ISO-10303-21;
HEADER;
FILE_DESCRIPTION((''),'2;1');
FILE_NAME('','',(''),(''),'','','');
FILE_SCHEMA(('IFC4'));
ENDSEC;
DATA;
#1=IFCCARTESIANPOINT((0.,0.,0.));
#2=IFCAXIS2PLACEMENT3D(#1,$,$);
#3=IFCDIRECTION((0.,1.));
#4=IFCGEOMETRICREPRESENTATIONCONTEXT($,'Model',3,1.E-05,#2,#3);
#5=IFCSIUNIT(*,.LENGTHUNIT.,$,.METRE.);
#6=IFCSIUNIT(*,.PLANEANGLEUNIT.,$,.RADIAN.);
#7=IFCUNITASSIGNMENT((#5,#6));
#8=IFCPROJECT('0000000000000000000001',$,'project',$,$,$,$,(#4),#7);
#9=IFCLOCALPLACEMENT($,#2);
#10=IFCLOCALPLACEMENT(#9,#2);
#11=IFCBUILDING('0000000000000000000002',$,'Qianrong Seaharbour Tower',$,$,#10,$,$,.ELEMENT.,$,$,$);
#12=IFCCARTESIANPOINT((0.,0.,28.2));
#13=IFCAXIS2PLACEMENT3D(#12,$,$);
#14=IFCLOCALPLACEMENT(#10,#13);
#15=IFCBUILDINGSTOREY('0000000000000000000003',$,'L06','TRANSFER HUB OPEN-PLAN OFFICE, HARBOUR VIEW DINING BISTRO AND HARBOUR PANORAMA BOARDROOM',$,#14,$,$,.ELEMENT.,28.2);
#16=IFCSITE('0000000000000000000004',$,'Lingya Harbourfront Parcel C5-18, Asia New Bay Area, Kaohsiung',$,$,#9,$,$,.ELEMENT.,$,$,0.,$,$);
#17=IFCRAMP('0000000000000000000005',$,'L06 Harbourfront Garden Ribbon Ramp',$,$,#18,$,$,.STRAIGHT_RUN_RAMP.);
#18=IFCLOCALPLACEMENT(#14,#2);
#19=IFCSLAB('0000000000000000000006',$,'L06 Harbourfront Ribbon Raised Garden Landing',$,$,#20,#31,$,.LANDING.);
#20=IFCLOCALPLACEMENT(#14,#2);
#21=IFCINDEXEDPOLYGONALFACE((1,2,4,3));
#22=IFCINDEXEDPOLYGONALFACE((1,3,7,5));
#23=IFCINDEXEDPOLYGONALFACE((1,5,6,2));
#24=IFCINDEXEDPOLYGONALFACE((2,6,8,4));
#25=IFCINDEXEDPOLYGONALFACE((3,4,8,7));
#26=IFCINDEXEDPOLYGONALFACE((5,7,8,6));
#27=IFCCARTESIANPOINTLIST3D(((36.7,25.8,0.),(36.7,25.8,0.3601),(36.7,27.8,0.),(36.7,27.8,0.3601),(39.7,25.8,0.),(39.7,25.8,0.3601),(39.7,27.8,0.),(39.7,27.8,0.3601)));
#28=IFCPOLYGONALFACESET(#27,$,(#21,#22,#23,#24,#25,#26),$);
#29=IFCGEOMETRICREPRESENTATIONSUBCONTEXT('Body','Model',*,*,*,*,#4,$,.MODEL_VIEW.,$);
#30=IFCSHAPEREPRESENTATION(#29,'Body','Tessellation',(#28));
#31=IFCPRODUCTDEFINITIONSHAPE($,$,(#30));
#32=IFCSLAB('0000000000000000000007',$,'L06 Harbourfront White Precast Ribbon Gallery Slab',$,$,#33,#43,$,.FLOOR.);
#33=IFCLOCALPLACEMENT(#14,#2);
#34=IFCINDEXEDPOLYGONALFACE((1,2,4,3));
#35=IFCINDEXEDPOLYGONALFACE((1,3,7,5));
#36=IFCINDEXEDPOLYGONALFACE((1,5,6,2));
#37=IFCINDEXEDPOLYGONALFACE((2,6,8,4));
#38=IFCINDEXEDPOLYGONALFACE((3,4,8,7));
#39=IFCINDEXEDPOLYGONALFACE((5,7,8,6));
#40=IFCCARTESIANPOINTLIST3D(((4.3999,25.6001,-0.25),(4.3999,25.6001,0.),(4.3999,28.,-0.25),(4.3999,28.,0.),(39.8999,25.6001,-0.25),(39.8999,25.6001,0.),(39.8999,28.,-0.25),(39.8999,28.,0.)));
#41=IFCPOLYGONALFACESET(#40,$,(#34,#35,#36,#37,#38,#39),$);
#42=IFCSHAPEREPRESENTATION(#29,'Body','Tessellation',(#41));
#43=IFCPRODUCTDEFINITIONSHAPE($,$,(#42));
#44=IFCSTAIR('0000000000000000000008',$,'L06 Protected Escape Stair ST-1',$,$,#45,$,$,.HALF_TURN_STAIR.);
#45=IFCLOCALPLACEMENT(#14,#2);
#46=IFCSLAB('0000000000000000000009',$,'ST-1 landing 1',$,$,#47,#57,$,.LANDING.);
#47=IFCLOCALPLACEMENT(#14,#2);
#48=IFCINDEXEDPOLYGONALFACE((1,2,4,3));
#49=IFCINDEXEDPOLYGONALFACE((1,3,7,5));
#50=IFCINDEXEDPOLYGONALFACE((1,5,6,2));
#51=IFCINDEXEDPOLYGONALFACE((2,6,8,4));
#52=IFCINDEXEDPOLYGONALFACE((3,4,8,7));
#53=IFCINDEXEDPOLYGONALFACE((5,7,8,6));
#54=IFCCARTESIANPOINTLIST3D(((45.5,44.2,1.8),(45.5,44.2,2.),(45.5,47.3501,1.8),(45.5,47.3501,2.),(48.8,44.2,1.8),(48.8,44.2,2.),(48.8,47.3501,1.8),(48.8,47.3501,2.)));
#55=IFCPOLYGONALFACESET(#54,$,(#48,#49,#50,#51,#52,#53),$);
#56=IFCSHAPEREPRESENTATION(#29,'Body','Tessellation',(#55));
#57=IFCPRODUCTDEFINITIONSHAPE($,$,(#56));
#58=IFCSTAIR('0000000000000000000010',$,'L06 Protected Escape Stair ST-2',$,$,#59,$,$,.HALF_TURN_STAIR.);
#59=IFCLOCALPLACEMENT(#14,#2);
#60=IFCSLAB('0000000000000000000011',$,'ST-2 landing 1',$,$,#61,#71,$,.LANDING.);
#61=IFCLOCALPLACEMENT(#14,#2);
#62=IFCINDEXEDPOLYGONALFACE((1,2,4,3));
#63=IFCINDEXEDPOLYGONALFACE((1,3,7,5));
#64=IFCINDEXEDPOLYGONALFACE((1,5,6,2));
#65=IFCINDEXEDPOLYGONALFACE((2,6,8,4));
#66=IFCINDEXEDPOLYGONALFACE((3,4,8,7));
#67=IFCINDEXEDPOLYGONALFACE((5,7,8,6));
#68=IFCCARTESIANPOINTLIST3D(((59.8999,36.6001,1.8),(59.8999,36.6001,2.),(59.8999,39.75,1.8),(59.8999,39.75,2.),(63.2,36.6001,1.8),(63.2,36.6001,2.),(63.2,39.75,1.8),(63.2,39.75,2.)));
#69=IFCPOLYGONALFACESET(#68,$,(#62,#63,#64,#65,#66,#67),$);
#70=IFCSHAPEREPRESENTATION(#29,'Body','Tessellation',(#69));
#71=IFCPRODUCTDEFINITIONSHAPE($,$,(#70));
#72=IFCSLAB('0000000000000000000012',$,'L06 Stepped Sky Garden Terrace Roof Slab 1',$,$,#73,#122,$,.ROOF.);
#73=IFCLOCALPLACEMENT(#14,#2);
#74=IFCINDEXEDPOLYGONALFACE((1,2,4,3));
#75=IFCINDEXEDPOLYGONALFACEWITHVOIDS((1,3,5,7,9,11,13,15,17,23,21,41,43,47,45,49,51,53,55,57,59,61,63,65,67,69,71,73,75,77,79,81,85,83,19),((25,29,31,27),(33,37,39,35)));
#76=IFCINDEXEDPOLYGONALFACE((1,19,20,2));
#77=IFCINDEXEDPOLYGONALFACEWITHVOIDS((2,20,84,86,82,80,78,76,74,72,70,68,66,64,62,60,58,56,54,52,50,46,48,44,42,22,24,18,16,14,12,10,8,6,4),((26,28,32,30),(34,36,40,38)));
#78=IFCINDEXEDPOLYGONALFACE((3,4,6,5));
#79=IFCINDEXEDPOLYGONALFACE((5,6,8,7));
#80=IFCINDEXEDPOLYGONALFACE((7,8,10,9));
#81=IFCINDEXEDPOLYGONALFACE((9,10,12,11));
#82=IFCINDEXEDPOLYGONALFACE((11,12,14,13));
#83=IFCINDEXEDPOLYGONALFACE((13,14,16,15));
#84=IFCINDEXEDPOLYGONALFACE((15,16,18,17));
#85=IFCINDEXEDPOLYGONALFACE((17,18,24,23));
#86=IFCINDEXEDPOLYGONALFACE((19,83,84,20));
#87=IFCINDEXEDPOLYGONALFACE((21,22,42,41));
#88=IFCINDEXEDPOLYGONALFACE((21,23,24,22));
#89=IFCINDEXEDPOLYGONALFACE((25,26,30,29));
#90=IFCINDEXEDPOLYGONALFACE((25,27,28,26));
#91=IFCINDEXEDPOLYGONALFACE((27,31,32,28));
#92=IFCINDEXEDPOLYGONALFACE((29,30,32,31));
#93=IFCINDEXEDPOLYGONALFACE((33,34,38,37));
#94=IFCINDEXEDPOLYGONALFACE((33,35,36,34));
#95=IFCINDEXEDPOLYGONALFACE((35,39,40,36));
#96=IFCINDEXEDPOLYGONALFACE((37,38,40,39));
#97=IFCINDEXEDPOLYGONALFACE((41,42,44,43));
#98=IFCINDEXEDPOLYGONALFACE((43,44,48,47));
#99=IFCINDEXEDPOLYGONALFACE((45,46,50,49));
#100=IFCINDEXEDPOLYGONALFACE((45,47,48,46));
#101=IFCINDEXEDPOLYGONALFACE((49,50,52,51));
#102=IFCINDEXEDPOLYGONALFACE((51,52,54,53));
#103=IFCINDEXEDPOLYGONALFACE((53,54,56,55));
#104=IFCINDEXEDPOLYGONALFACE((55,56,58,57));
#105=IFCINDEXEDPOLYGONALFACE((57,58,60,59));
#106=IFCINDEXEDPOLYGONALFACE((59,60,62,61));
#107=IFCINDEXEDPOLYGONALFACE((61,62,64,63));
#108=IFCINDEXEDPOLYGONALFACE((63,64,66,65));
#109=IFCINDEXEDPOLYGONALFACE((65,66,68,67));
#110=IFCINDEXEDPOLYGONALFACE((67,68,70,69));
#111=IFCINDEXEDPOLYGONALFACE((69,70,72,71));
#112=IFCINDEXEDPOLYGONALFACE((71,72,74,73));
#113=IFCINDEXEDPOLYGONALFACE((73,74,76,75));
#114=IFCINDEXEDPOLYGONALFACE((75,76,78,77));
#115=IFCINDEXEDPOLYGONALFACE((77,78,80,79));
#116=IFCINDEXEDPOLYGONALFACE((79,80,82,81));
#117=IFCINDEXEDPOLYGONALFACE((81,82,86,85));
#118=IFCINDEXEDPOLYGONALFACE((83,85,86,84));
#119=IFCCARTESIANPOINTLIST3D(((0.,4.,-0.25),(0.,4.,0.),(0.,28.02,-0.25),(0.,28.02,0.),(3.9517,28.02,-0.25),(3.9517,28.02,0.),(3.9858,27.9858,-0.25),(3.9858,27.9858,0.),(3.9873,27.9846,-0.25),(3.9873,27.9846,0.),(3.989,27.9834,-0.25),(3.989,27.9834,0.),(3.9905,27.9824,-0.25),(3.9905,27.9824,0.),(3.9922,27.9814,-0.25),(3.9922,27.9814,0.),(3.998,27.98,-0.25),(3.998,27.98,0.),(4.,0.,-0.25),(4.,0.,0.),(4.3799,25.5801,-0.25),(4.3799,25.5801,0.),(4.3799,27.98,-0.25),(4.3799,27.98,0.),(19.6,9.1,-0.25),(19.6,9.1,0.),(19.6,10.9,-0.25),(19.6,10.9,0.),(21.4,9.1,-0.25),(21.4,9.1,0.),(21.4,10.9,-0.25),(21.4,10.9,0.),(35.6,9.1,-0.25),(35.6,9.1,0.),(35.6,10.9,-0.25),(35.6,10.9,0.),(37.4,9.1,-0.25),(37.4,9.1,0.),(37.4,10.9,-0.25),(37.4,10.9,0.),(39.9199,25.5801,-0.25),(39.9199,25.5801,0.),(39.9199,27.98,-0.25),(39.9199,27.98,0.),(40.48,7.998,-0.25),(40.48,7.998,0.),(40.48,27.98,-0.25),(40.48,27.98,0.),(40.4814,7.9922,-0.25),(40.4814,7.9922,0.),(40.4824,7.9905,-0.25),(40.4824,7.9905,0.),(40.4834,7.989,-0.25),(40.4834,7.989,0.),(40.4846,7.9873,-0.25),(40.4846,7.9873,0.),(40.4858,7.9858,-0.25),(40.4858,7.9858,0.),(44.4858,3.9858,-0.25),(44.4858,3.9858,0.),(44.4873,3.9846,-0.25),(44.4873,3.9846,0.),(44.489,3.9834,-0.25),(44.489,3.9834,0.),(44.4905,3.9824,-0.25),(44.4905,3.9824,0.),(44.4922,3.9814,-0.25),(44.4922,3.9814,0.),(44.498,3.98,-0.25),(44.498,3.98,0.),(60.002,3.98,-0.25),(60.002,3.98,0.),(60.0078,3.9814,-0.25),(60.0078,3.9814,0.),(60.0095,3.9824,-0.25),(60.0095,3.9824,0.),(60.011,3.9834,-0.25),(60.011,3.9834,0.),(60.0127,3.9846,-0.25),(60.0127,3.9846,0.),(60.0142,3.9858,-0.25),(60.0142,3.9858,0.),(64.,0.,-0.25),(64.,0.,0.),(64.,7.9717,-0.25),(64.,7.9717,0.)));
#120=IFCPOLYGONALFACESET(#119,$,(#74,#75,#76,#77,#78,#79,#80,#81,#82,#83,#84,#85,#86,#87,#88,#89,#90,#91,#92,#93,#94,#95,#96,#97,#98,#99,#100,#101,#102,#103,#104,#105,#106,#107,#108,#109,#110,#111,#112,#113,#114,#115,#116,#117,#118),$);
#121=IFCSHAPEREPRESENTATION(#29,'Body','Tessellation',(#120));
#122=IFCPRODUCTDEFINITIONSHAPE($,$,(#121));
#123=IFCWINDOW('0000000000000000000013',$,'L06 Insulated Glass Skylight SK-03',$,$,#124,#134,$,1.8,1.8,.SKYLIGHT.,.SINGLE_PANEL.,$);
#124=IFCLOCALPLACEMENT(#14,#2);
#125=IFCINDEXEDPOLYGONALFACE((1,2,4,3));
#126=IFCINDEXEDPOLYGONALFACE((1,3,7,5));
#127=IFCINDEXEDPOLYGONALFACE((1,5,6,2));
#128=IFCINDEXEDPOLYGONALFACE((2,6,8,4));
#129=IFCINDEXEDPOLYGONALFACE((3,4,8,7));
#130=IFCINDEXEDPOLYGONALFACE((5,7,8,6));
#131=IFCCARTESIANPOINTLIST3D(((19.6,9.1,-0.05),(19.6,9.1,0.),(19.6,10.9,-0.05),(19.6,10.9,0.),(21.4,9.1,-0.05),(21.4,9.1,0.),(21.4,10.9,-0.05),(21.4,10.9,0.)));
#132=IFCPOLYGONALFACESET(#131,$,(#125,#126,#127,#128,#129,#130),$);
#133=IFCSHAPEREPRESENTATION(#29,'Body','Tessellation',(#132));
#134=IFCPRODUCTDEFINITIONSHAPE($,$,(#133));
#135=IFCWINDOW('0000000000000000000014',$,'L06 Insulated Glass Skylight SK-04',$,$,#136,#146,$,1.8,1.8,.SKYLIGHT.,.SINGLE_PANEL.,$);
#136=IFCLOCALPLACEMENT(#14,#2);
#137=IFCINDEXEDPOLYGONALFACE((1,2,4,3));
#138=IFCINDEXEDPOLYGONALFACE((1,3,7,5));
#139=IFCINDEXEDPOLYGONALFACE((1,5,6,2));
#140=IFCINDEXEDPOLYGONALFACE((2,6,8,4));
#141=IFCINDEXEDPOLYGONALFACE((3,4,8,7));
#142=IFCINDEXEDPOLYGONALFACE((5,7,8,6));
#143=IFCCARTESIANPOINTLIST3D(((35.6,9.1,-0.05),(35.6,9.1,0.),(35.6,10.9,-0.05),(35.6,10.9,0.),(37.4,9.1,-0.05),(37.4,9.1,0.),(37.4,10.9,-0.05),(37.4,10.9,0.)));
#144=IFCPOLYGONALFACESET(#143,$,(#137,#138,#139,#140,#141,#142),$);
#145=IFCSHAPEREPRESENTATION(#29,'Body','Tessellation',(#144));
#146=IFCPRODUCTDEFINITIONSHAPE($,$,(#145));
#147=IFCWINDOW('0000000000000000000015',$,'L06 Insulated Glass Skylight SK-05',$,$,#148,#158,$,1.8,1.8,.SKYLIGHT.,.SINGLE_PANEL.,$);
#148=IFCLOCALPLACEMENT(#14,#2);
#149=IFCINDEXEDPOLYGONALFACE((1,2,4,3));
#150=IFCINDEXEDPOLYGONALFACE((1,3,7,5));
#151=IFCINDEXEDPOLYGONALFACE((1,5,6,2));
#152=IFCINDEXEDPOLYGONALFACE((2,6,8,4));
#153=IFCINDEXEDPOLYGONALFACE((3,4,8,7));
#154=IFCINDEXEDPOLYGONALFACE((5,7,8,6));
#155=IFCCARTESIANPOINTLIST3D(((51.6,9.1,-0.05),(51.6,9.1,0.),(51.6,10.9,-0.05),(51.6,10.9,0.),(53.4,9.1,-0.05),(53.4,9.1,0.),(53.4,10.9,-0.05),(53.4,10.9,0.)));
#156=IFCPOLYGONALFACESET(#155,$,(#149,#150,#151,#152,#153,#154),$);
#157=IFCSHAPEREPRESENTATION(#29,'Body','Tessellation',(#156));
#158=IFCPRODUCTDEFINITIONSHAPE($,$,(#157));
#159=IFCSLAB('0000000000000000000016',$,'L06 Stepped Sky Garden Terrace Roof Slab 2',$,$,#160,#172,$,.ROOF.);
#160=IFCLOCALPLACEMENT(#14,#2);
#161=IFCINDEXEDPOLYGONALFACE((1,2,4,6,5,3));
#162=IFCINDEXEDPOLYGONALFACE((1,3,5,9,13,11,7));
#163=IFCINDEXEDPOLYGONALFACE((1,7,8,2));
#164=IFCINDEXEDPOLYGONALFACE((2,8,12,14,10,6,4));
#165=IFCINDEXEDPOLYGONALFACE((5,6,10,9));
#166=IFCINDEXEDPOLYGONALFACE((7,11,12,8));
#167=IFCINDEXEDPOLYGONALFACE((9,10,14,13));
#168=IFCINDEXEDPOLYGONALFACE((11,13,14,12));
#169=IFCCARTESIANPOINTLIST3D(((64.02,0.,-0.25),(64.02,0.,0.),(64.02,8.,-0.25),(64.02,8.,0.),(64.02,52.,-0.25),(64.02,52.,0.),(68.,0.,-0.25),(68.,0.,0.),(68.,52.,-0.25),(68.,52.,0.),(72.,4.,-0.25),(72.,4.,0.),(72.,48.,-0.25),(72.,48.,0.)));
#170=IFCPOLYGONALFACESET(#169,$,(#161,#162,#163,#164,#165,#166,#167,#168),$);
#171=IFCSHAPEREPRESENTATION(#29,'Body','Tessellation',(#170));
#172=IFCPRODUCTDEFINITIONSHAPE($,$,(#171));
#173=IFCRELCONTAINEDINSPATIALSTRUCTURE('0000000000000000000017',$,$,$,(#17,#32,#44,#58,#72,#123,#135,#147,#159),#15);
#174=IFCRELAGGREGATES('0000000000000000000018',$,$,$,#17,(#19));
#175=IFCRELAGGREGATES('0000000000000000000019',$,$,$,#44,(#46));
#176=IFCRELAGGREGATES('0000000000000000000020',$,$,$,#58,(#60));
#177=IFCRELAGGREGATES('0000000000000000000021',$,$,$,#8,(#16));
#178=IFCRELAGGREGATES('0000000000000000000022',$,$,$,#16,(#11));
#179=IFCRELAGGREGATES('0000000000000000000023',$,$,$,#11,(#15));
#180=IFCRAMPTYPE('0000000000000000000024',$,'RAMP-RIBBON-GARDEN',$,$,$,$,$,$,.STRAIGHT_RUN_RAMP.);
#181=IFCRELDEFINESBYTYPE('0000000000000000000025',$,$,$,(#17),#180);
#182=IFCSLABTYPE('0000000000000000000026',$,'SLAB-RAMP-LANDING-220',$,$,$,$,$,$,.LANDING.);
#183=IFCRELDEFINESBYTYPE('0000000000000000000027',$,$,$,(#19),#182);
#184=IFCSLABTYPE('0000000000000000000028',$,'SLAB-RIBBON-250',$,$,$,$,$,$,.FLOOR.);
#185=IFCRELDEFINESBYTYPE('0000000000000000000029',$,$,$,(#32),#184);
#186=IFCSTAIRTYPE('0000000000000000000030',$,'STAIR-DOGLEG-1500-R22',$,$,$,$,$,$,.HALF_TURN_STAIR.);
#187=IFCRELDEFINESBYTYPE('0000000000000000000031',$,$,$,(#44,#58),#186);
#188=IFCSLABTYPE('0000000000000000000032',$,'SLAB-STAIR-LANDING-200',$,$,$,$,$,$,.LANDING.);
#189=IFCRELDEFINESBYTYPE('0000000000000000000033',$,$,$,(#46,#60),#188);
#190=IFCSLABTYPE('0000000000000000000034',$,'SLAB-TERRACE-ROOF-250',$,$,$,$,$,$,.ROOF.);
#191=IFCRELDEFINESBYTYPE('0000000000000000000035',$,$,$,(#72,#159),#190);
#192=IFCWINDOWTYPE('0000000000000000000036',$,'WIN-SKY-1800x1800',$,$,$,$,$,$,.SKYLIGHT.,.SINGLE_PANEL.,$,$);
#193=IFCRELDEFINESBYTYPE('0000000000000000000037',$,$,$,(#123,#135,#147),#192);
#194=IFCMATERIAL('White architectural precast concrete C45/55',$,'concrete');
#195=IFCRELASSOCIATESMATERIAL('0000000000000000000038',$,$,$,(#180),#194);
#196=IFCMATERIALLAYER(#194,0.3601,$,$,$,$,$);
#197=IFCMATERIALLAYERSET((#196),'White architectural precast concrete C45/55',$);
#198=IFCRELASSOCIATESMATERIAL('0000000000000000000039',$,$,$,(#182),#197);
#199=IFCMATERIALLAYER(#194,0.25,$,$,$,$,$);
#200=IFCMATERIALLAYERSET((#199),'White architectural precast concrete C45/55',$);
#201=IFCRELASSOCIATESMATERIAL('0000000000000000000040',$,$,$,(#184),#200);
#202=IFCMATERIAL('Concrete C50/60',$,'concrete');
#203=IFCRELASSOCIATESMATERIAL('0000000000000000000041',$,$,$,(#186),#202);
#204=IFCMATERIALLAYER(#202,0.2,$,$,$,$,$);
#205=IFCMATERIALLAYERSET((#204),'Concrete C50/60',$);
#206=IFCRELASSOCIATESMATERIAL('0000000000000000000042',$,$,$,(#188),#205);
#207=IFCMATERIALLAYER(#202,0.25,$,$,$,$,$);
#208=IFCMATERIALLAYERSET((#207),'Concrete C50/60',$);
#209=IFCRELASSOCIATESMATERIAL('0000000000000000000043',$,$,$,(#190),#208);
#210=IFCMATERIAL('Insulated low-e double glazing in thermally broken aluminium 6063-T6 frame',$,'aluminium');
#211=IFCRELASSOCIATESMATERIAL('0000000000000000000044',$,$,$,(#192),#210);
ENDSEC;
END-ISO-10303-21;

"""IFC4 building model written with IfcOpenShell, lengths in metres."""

from ifc_helpers import new_model, si_unit, direction, frame, origin, origin_2d, place, context, subcontext, project, spatial, polyline, rectangle, outline, extrude, material, layer, layer_set, type_object, element, fill, aggregate, save


model = new_model("IFC4")

# Units and contexts
model_context = context("Model", 3, precision=1e-05, world=origin(), true_north=direction((0.0, 1.0)))
body_context = subcontext(model_context, "Body", "Model", "MODEL_VIEW")
ifc_project = project(units=[si_unit("LENGTHUNIT", "METRE"), si_unit("PLANEANGLEUNIT", "RADIAN")], contexts=[model_context])

# Site, building, storey
site_placement = place(None, origin())
site = spatial("IfcSite", under=ifc_project, at=site_placement, Name="Lingya Harbourfront Parcel C5-18, Asia New Bay Area, Kaohsiung", CompositionType="ELEMENT", RefElevation=0.0)
building_placement = place(site_placement, origin())
building = spatial("IfcBuilding", under=site, at=building_placement, Name="Qianrong Seaharbour Tower", CompositionType="ELEMENT")
storey_placement = place(building_placement, frame((0.0, 0.0, 28.2)))
storey = spatial("IfcBuildingStorey", under=building, at=storey_placement, Name="L06", Description="TRANSFER HUB OPEN-PLAN OFFICE, HARBOUR VIEW DINING BISTRO AND HARBOUR PANORAMA BOARDROOM", CompositionType="ELEMENT", Elevation=28.2)

# Ramp, slab
ifc_material_1 = material(Name="White architectural precast concrete C45/55", Category="concrete")
ramp_type = type_object("IfcRampType", Name="RAMP-RIBBON-GARDEN", PredefinedType="STRAIGHT_RUN_RAMP", material=ifc_material_1)
ramp_placement = place(storey_placement, origin())
ramp = element("IfcRamp", 1, at=ramp_placement, inside=storey, type_object=ramp_type, Name="L06 Harbourfront Garden Ribbon Ramp", PredefinedType="STRAIGHT_RUN_RAMP")
ifc_layer_1 = layer(ifc_material_1, 0.3601)
ifc_layer_set_1 = layer_set([ifc_layer_1], Name="White architectural precast concrete C45/55")
slab_type_1 = type_object("IfcSlabType", Name="SLAB-RAMP-LANDING-220", PredefinedType="LANDING", material=ifc_layer_set_1)
slab_1_placement = place(storey_placement, origin())
slab_1 = element("IfcSlab", 2, at=slab_1_placement, type_object=slab_type_1, Name="L06 Harbourfront Ribbon Raised Garden Landing", PredefinedType="LANDING", context=body_context, shape_type="SweptSolid", body=[
    extrude(outline(polyline([(36.7, 25.8), (39.7, 25.8), (39.7, 27.8), (36.7, 27.8), (36.7, 25.8)])), origin(), (0.0, 0.0, 1.0), 0.3601),
])
aggregate(ramp, [slab_1])

# Slab
ifc_layer_2 = layer(ifc_material_1, 0.25)
ifc_layer_set_2 = layer_set([ifc_layer_2], Name="White architectural precast concrete C45/55")
slab_type_2 = type_object("IfcSlabType", Name="SLAB-RIBBON-250", PredefinedType="FLOOR", material=ifc_layer_set_2)
slab_2_placement = place(storey_placement, frame((0.0, 0.0, -0.25)))
element("IfcSlab", 3, at=slab_2_placement, inside=storey, type_object=slab_type_2, Name="L06 Harbourfront White Precast Ribbon Gallery Slab", PredefinedType="FLOOR", context=body_context, shape_type="SweptSolid", body=[
    extrude(outline(polyline([(4.3999, 25.6001), (39.8999, 25.6001), (39.8999, 28.0), (4.3999, 28.0), (4.3999, 25.6001)])), origin(), (0.0, 0.0, 1.0), 0.25),
])

# Stairs, slabs
ifc_material_2 = material(Name="Concrete C50/60", Category="concrete")
stair_type = type_object("IfcStairType", Name="STAIR-DOGLEG-1500-R22", PredefinedType="HALF_TURN_STAIR", material=ifc_material_2)
stair_1_placement = place(storey_placement, origin())
stair_1 = element("IfcStair", 4, at=stair_1_placement, inside=storey, type_object=stair_type, Name="L06 Protected Escape Stair ST-1", PredefinedType="HALF_TURN_STAIR")
ifc_layer_3 = layer(ifc_material_2, 0.2)
ifc_layer_set_3 = layer_set([ifc_layer_3], Name="Concrete C50/60")
slab_type_3 = type_object("IfcSlabType", Name="SLAB-STAIR-LANDING-200", PredefinedType="LANDING", material=ifc_layer_set_3)
slab_3_placement = place(storey_placement, frame((0.0, 0.0, 1.8)))
slab_3 = element("IfcSlab", 5, at=slab_3_placement, type_object=slab_type_3, Name="ST-1 landing 1", PredefinedType="LANDING", context=body_context, shape_type="SweptSolid", body=[
    extrude(outline(polyline([(45.5, 44.2), (48.8, 44.2), (48.8, 47.3501), (45.5, 47.3501), (45.5, 44.2)])), origin(), (0.0, 0.0, 1.0), 0.2),
])
aggregate(stair_1, [slab_3])
stair_2_placement = place(storey_placement, origin())
stair_2 = element("IfcStair", 6, at=stair_2_placement, inside=storey, type_object=stair_type, Name="L06 Protected Escape Stair ST-2", PredefinedType="HALF_TURN_STAIR")
slab_4_placement = place(storey_placement, frame((0.0, 0.0, 1.8)))
slab_4 = element("IfcSlab", 7, at=slab_4_placement, type_object=slab_type_3, Name="ST-2 landing 1", PredefinedType="LANDING", context=body_context, shape_type="SweptSolid", body=[
    extrude(outline(polyline([(59.8999, 36.6001), (63.2, 36.6001), (63.2, 39.75), (59.8999, 39.75), (59.8999, 36.6001)])), origin(), (0.0, 0.0, 1.0), 0.2),
])
aggregate(stair_2, [slab_4])

# Slab, openings, windows
ifc_layer_4 = layer(ifc_material_2, 0.25)
ifc_layer_set_4 = layer_set([ifc_layer_4], Name="Concrete C50/60")
slab_type_4 = type_object("IfcSlabType", Name="SLAB-TERRACE-ROOF-250", PredefinedType="ROOF", material=ifc_layer_set_4)
slab_5_placement = place(storey_placement, frame((0.0, 0.0, -0.25)))
slab_5 = element("IfcSlab", 8, at=slab_5_placement, inside=storey, type_object=slab_type_4, Name="L06 Stepped Sky Garden Terrace Roof Slab 1", PredefinedType="ROOF", context=body_context, shape_type="SweptSolid", body=[
    extrude(outline(polyline([(4.0, 0.0), (0.0, 4.0), (0.0, 28.02), (3.9517, 28.02), (3.9858, 27.9858), (3.9873, 27.9846), (3.989, 27.9834), (3.9905, 27.9824), (3.9922, 27.9814), (3.9941, 27.981), (3.9961, 27.9805), (3.998, 27.98), (4.0, 27.98), (4.3799, 27.98), (4.3799, 25.5801), (39.9199, 25.5801), (39.9199, 27.98), (40.48, 27.98), (40.48, 8.0), (40.48, 7.998), (40.4805, 7.9961), (40.481, 7.9941), (40.4814, 7.9922), (40.4824, 7.9905), (40.4834, 7.989), (40.4846, 7.9873), (40.4858, 7.9858), (44.4858, 3.9858), (44.4873, 3.9846), (44.489, 3.9834), (44.4905, 3.9824), (44.4922, 3.9814), (44.4941, 3.981), (44.4961, 3.9805), (44.498, 3.98), (44.5, 3.98), (60.0, 3.98), (60.002, 3.98), (60.0039, 3.9805), (60.0059, 3.981), (60.0078, 3.9814), (60.0095, 3.9824), (60.011, 3.9834), (60.0127, 3.9846), (60.0142, 3.9858), (64.0, 7.9717), (64.0, 0.0), (4.0, 0.0)])), origin(), (0.0, 0.0, 1.0), 0.25),
])
opening_1_placement = place(slab_5_placement, frame((20.5, 10.0, -0.01)))
opening_1 = element("IfcOpeningElement", 9, at=opening_1_placement, cuts=slab_5, PredefinedType="OPENING", context=body_context, shape_type="SweptSolid", body=[
    extrude(rectangle(XDim=1.8, YDim=1.8, at=origin_2d()), origin(), (0.0, 0.0, 1.0), 0.27),
])
opening_2_placement = place(slab_5_placement, frame((36.5, 10.0, -0.01)))
opening_2 = element("IfcOpeningElement", 10, at=opening_2_placement, cuts=slab_5, PredefinedType="OPENING", context=body_context, shape_type="SweptSolid", body=[
    extrude(rectangle(XDim=1.8, YDim=1.8, at=origin_2d()), origin(), (0.0, 0.0, 1.0), 0.27),
])
opening_3_placement = place(slab_5_placement, frame((52.5, 10.0, -0.01)))
opening_3 = element("IfcOpeningElement", 11, at=opening_3_placement, cuts=slab_5, PredefinedType="OPENING", context=body_context, shape_type="SweptSolid", body=[
    extrude(rectangle(XDim=1.8, YDim=1.8, at=origin_2d()), origin(), (0.0, 0.0, 1.0), 0.27),
])
ifc_material_3 = material(Name="Insulated low-e double glazing in thermally broken aluminium 6063-T6 frame", Category="aluminium")
window_type = type_object("IfcWindowType", Name="WIN-SKY-1800x1800", PartitioningType="SINGLE_PANEL", PredefinedType="SKYLIGHT", material=ifc_material_3)
window_1_placement = place(slab_5_placement, frame((20.5, 10.0, 0.2)))
window_1 = element("IfcWindow", 12, at=window_1_placement, inside=storey, type_object=window_type, Name="L06 Insulated Glass Skylight SK-03", OverallHeight=1.8, OverallWidth=1.8, PartitioningType="SINGLE_PANEL", PredefinedType="SKYLIGHT", context=body_context, shape_type="SweptSolid", body=[
    extrude(rectangle(XDim=1.8, YDim=1.8, at=origin_2d()), origin(), (0.0, 0.0, 1.0), 0.05),
])
fill(opening_1, window_1)
window_2_placement = place(slab_5_placement, frame((36.5, 10.0, 0.2)))
window_2 = element("IfcWindow", 13, at=window_2_placement, inside=storey, type_object=window_type, Name="L06 Insulated Glass Skylight SK-04", OverallHeight=1.8, OverallWidth=1.8, PartitioningType="SINGLE_PANEL", PredefinedType="SKYLIGHT", context=body_context, shape_type="SweptSolid", body=[
    extrude(rectangle(XDim=1.8, YDim=1.8, at=origin_2d()), origin(), (0.0, 0.0, 1.0), 0.05),
])
fill(opening_2, window_2)
window_3_placement = place(slab_5_placement, frame((52.5, 10.0, 0.2)))
window_3 = element("IfcWindow", 14, at=window_3_placement, inside=storey, type_object=window_type, Name="L06 Insulated Glass Skylight SK-05", OverallHeight=1.8, OverallWidth=1.8, PartitioningType="SINGLE_PANEL", PredefinedType="SKYLIGHT", context=body_context, shape_type="SweptSolid", body=[
    extrude(rectangle(XDim=1.8, YDim=1.8, at=origin_2d()), origin(), (0.0, 0.0, 1.0), 0.05),
])
fill(opening_3, window_3)

# Slab
slab_6_placement = place(storey_placement, frame((0.0, 0.0, -0.25)))
element("IfcSlab", 15, at=slab_6_placement, inside=storey, type_object=slab_type_4, Name="L06 Stepped Sky Garden Terrace Roof Slab 2", PredefinedType="ROOF", context=body_context, shape_type="SweptSolid", body=[
    extrude(outline(polyline([(72.0, 4.0), (68.0, 0.0), (64.02, 0.0), (64.02, 8.0), (64.02, 52.0), (68.0, 52.0), (72.0, 48.0), (72.0, 4.0)])), origin(), (0.0, 0.0, 1.0), 0.25),
])

save(model, "model.ifc")
